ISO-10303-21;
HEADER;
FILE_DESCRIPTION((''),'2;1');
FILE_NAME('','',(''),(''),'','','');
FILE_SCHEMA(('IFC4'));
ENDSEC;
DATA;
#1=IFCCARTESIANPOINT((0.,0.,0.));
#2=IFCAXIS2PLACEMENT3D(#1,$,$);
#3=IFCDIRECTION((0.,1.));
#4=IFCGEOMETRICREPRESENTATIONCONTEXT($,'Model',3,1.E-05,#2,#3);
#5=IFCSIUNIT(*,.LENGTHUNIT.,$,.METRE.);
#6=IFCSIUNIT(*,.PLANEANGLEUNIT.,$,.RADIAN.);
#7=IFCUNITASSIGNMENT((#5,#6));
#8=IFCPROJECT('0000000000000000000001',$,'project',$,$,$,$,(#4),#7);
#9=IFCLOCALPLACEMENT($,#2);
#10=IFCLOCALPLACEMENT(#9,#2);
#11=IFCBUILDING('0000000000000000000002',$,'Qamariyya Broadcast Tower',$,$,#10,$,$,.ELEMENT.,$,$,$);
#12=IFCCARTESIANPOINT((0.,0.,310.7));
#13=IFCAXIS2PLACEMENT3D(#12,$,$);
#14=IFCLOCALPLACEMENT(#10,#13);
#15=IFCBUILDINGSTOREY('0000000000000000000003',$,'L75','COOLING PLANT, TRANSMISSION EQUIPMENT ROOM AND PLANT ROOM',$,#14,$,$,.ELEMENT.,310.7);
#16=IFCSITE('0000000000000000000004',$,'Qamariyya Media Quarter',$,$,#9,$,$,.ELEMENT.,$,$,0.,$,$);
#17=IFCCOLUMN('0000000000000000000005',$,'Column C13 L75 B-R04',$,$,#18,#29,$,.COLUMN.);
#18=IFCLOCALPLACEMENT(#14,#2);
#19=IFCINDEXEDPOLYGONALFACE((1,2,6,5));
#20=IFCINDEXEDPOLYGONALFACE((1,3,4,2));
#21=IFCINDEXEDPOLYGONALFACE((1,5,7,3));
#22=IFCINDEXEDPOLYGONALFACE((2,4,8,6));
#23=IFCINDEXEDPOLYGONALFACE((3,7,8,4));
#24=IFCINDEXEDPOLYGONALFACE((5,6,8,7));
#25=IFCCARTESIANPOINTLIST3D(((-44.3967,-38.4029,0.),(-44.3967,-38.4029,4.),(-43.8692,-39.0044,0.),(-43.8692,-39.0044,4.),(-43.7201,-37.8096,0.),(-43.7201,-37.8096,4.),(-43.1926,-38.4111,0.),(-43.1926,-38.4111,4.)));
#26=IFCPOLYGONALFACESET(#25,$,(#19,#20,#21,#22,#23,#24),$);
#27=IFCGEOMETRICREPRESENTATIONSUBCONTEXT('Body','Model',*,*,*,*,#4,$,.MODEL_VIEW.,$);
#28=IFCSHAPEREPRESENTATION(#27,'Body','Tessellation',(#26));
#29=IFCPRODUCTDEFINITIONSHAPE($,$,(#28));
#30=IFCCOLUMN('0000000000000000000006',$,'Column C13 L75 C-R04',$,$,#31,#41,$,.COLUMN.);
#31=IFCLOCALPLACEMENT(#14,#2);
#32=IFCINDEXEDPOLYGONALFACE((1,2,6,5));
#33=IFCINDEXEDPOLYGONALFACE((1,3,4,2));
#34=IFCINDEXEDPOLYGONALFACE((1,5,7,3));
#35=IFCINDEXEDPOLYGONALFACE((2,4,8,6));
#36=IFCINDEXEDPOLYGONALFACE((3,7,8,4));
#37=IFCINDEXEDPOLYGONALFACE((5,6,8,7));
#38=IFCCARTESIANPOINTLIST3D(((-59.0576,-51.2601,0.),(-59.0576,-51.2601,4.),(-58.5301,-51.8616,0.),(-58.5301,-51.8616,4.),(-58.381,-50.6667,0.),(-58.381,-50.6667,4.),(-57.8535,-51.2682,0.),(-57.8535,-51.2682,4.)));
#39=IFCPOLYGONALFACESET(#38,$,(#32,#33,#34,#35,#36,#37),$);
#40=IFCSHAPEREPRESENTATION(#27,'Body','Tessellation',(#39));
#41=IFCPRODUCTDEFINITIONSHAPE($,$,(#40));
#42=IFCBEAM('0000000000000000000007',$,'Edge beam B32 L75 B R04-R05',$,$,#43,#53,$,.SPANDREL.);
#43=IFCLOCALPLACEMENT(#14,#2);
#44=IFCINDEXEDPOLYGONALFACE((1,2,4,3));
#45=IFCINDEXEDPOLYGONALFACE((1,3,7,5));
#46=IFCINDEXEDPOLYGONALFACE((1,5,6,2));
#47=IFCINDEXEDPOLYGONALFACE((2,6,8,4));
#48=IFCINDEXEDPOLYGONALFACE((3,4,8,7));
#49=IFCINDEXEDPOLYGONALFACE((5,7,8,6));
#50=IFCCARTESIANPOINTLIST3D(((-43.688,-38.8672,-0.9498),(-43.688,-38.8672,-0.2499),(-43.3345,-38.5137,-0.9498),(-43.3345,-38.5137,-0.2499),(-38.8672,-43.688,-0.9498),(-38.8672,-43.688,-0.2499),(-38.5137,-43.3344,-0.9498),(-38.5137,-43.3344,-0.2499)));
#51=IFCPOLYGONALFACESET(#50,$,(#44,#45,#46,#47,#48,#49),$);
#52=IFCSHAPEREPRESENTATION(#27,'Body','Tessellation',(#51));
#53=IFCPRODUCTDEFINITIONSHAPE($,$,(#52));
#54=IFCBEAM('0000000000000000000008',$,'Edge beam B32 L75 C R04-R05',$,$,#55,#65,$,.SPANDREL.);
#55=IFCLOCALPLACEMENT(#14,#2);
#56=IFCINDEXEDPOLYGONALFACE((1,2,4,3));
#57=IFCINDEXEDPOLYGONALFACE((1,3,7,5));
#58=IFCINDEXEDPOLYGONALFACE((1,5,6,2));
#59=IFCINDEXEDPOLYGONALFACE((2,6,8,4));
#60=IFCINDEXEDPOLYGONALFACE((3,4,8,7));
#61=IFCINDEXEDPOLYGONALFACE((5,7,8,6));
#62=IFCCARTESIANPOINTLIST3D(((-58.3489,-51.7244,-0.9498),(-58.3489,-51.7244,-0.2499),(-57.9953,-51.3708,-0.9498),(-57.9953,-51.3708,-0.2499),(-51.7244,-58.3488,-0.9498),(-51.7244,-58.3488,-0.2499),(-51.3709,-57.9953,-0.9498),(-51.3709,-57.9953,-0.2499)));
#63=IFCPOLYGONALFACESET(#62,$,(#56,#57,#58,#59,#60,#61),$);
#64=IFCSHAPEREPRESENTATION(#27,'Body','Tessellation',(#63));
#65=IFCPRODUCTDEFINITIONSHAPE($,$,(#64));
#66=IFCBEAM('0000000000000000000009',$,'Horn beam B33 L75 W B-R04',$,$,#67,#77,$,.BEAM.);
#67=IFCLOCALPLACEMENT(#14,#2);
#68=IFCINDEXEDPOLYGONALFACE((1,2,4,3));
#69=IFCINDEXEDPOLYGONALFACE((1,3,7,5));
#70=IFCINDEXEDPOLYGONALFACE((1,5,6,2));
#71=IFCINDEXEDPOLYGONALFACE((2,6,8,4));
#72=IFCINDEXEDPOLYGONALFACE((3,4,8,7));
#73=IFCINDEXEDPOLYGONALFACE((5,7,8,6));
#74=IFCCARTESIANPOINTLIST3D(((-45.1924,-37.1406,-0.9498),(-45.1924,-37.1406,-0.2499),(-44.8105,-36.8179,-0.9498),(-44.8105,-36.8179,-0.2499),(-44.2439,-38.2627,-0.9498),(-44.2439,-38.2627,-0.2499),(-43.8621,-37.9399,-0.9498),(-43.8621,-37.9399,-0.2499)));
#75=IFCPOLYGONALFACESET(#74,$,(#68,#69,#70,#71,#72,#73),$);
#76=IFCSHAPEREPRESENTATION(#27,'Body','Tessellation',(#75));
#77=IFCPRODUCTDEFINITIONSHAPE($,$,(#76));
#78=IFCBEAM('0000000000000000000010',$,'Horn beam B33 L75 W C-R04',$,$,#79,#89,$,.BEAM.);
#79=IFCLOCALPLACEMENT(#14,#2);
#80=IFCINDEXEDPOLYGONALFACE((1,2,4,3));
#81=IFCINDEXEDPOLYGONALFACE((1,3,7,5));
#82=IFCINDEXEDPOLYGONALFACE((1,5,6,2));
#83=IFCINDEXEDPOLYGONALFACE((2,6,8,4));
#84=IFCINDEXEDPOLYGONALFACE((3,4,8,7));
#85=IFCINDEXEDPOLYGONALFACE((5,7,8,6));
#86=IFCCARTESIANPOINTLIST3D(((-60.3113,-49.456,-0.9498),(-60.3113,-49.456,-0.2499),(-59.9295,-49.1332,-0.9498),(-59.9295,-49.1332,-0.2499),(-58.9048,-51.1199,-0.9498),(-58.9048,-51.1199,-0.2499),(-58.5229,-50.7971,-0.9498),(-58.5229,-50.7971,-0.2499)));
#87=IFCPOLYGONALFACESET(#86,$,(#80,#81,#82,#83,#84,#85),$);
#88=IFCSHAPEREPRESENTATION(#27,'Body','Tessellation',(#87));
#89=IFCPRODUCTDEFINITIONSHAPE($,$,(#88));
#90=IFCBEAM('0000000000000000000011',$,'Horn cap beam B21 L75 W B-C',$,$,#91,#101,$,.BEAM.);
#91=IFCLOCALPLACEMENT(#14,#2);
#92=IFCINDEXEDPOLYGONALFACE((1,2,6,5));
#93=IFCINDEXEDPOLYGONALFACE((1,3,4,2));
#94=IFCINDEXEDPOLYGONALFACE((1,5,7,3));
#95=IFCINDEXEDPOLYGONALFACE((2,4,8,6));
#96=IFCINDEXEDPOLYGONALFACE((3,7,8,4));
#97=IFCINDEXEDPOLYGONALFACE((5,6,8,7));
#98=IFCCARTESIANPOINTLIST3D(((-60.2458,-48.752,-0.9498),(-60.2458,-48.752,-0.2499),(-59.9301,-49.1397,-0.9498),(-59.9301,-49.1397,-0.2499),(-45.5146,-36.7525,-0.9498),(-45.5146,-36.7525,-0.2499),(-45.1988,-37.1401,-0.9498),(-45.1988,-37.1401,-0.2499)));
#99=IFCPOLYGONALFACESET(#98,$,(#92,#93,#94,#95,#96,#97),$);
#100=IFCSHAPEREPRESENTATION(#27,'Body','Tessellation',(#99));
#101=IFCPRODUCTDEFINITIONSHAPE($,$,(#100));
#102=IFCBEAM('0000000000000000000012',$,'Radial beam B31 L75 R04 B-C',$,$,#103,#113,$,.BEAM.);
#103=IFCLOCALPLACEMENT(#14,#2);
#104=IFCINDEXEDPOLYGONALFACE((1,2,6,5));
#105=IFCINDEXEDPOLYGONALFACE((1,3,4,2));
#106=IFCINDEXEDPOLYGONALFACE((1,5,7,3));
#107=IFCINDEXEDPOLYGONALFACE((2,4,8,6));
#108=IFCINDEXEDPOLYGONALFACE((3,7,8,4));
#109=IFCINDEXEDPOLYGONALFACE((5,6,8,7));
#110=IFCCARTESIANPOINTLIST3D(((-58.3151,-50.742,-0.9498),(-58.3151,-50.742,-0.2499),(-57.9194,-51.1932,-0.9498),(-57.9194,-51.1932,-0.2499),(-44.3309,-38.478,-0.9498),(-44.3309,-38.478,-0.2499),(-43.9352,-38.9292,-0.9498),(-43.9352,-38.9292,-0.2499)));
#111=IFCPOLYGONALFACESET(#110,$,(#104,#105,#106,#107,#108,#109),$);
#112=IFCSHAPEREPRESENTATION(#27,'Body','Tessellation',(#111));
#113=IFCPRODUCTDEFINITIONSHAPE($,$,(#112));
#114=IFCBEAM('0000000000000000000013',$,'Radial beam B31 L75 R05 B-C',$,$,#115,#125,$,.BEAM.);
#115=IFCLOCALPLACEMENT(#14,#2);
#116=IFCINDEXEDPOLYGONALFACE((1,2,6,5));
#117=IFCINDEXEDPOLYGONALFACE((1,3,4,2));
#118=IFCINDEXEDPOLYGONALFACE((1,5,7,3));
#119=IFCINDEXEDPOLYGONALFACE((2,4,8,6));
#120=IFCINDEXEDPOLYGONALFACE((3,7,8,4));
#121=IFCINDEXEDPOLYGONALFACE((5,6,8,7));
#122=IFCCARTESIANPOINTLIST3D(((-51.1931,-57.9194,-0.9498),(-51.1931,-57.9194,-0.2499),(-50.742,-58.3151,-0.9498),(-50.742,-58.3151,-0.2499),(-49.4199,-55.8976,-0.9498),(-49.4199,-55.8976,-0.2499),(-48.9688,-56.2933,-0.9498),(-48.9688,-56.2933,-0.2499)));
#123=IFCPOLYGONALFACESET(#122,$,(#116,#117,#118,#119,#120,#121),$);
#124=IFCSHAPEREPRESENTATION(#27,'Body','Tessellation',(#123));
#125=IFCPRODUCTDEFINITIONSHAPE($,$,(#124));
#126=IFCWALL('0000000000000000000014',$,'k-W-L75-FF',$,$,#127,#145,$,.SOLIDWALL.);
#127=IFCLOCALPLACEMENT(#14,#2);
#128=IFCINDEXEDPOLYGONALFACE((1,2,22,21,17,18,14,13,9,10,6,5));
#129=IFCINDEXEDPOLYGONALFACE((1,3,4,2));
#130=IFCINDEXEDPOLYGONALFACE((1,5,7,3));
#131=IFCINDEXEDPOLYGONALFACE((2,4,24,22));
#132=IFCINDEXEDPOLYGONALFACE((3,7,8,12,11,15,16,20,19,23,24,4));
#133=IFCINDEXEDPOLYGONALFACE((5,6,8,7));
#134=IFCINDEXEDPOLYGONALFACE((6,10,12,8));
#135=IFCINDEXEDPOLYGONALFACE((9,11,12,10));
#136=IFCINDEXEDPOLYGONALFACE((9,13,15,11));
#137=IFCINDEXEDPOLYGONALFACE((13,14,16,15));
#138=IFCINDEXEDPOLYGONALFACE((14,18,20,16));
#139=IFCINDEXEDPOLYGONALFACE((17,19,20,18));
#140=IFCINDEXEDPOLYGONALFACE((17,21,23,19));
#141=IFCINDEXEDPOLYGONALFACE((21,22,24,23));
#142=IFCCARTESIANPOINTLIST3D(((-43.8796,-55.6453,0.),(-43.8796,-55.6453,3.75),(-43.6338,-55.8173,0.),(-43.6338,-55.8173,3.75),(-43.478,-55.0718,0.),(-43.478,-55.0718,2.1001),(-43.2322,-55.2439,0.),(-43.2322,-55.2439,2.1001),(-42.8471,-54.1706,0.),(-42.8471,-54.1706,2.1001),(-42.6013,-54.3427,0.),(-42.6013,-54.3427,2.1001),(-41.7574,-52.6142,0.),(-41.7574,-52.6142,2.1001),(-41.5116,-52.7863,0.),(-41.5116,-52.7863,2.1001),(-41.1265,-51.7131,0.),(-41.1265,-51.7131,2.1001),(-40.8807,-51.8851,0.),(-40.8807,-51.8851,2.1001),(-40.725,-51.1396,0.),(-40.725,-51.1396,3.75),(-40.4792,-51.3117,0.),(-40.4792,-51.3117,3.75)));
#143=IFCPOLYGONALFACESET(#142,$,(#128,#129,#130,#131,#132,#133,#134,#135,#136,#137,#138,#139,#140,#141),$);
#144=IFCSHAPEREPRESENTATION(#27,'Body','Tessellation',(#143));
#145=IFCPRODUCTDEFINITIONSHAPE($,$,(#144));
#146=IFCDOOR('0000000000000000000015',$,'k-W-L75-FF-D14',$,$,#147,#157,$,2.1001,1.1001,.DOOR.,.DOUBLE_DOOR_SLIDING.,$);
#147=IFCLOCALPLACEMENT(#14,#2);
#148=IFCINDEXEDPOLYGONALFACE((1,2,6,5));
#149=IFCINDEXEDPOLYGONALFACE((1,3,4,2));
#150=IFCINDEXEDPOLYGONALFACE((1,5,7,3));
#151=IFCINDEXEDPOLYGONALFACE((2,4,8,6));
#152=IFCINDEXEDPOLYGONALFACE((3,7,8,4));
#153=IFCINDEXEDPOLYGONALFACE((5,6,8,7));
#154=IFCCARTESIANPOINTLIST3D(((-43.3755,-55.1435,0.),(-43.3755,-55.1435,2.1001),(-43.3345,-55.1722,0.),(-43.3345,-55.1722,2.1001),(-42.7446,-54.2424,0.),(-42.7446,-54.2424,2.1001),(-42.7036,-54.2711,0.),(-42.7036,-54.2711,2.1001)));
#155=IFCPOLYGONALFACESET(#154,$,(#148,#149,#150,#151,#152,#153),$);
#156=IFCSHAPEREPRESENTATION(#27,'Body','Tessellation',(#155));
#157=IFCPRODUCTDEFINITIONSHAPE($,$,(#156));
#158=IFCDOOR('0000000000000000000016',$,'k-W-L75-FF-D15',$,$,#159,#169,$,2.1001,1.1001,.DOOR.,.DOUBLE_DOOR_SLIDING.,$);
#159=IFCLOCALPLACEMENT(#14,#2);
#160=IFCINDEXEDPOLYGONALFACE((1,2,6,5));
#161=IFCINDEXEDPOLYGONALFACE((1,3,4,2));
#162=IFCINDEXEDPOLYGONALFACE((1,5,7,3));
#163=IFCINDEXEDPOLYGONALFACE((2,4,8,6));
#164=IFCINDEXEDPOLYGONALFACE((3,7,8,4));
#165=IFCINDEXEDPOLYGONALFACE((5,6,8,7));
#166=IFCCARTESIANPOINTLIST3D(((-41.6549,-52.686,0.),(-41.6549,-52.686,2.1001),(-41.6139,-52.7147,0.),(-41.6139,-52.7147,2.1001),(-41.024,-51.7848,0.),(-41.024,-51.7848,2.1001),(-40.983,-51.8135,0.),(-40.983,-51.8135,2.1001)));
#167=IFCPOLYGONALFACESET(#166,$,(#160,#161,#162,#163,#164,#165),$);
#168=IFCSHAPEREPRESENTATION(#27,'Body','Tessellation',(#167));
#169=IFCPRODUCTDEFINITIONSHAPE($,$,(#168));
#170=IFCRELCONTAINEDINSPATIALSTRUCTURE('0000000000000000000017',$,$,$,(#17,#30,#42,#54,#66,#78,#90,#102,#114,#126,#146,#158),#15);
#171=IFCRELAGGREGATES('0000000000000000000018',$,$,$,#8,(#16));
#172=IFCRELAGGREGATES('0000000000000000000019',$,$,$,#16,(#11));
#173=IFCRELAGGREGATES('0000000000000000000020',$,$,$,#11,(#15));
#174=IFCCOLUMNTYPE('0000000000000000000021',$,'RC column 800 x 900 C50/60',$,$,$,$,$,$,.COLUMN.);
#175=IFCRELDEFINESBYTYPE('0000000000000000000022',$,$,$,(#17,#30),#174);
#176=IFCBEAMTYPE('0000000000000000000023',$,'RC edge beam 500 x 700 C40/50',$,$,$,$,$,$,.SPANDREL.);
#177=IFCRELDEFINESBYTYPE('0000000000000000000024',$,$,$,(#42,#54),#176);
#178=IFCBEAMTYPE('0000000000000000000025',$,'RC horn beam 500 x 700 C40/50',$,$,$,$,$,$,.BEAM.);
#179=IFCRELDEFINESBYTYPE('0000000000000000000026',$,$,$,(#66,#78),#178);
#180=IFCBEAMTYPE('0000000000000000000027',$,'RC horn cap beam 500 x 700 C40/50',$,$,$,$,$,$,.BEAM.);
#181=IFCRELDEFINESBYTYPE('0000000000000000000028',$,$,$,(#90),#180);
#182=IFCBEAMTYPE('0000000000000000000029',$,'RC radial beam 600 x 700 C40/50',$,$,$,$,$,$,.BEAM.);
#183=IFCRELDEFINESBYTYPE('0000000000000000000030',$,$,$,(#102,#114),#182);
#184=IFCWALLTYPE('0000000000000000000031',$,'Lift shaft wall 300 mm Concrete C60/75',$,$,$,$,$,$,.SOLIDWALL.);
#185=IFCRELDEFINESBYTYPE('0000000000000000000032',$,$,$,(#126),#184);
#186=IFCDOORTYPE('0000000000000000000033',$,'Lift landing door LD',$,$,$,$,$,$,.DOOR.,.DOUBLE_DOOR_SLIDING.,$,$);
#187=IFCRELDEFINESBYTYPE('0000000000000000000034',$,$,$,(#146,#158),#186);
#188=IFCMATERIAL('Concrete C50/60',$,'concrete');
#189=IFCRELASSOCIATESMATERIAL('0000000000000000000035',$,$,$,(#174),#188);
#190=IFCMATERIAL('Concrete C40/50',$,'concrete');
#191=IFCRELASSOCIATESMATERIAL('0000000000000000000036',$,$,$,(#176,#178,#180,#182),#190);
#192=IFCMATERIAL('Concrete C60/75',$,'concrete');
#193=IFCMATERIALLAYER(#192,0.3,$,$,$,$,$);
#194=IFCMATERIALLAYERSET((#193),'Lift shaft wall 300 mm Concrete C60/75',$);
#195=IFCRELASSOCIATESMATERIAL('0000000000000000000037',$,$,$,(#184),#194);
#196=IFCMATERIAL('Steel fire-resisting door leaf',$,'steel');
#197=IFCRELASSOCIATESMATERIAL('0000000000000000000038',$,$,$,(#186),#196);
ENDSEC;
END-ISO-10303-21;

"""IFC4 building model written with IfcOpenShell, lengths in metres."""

from ifc_helpers import new_model, si_unit, direction, frame, frame_2d, origin, origin_2d, place, context, subcontext, project, spatial, rectangle, extrude, material, layer, layer_set, material_profile, profile_set, type_object, element, fill, save


model = new_model("IFC4")

# Units and contexts
model_context = context("Model", 3, precision=1e-05, world=origin(), true_north=direction((0.0, 1.0)))
body_context = subcontext(model_context, "Body", "Model", "MODEL_VIEW")
ifc_project = project(units=[si_unit("LENGTHUNIT", "METRE"), si_unit("PLANEANGLEUNIT", "RADIAN")], contexts=[model_context])

# Site, building, storey
site_placement = place(None, origin())
site = spatial("IfcSite", under=ifc_project, at=site_placement, Name="Qamariyya Media Quarter", CompositionType="ELEMENT", RefElevation=0.0)
building_placement = place(site_placement, origin())
building = spatial("IfcBuilding", under=site, at=building_placement, Name="Qamariyya Broadcast Tower", CompositionType="ELEMENT")
storey_placement = place(building_placement, frame((0.0, 0.0, 310.7)))
storey = spatial("IfcBuildingStorey", under=building, at=storey_placement, Name="L75", Description="COOLING PLANT, TRANSMISSION EQUIPMENT ROOM AND PLANT ROOM", CompositionType="ELEMENT", Elevation=310.7)

# Columns
ifc_material_1 = material(Name="Concrete C50/60", Category="concrete")
ifc_material_profile_1 = material_profile(ifc_material_1, rectangle(XDim=0.8, YDim=0.8999, at=origin_2d()))
ifc_profile_set_1 = profile_set([ifc_material_profile_1], Name="Concrete C50/60")
column_type = type_object("IfcColumnType", Name="RC column 800 x 900 C50/60", PredefinedType="COLUMN", material=ifc_profile_set_1)
for number, where, z_axis, x_axis, name in (
    (1, (-43.7947, -38.407, 0.0), (0.0, 0.0, 1.0), (0.659346, -0.75184, 0.0), "Column C13 L75 B-R04"),
    (2, (-58.4556, -51.2642, 0.0), (0.0, 0.0, 1.0), (0.659346, -0.75184, 0.0), "Column C13 L75 C-R04"),
):
    element("IfcColumn", number, at=place(storey_placement, frame(where, z_axis=z_axis, x_axis=x_axis)), inside=storey, type_object=column_type, Name=name, PredefinedType="COLUMN", context=body_context, shape_type="SweptSolid", body=[
        extrude(rectangle(XDim=0.8, YDim=0.8999, at=origin_2d()), origin(), (0.0, 0.0, 1.0), 4.0),
    ])

# Beams
ifc_material_2 = material(Name="Concrete C40/50", Category="concrete")
ifc_material_profile_2 = material_profile(ifc_material_2, rectangle(XDim=0.5, YDim=0.7, at=origin_2d()))
ifc_profile_set_2 = profile_set([ifc_material_profile_2], Name="Concrete C40/50")
beam_type_1 = type_object("IfcBeamType", Name="RC edge beam 500 x 700 C40/50", PredefinedType="SPANDREL", material=ifc_profile_set_2)
beam_1_placement = place(storey_placement, frame((-43.5112, -38.6904, -0.5999), z_axis=(0.707107, -0.707107, 0.0), x_axis=(0.707107, 0.707107, 0.0)))
element("IfcBeam", 3, at=beam_1_placement, inside=storey, type_object=beam_type_1, Name="Edge beam B32 L75 B R04-R05", PredefinedType="SPANDREL", context=body_context, shape_type="SweptSolid", body=[
    extrude(rectangle(XDim=0.5, YDim=0.7, at=origin_2d()), origin(), (0.0, 0.0, 1.0), 6.8176),
])
beam_2_placement = place(storey_placement, frame((-58.1721, -51.5476, -0.5999), z_axis=(0.707107, -0.707107, 0.0), x_axis=(0.707107, 0.707107, 0.0)))
element("IfcBeam", 4, at=beam_2_placement, inside=storey, type_object=beam_type_1, Name="Edge beam B32 L75 C R04-R05", PredefinedType="SPANDREL", context=body_context, shape_type="SweptSolid", body=[
    extrude(rectangle(XDim=0.5, YDim=0.7, at=origin_2d()), origin(), (0.0, 0.0, 1.0), 9.3684),
])
ifc_material_profile_3 = material_profile(ifc_material_2, rectangle(XDim=0.5, YDim=0.7, at=origin_2d()))
ifc_profile_set_3 = profile_set([ifc_material_profile_3], Name="Concrete C40/50")
beam_type_2 = type_object("IfcBeamType", Name="RC horn beam 500 x 700 C40/50", PredefinedType="BEAM", material=ifc_profile_set_3)
beam_3_placement = place(storey_placement, frame((-44.053, -38.1013, -0.5999), z_axis=(-0.645562, 0.763708, 0.0), x_axis=(-0.763708, -0.645562, 0.0)))
element("IfcBeam", 5, at=beam_3_placement, inside=storey, type_object=beam_type_2, Name="Horn beam B33 L75 W B-R04", PredefinedType="BEAM", context=body_context, shape_type="SweptSolid", body=[
    extrude(rectangle(XDim=0.5, YDim=0.7, at=origin_2d()), origin(), (0.0, 0.0, 1.0), 1.4692),
])
beam_4_placement = place(storey_placement, frame((-58.7139, -50.9585, -0.5999), z_axis=(-0.64558, 0.763692, 0.0), x_axis=(-0.763692, -0.64558, 0.0)))
element("IfcBeam", 6, at=beam_4_placement, inside=storey, type_object=beam_type_2, Name="Horn beam B33 L75 W C-R04", PredefinedType="BEAM", context=body_context, shape_type="SweptSolid", body=[
    extrude(rectangle(XDim=0.5, YDim=0.7, at=origin_2d()), origin(), (0.0, 0.0, 1.0), 2.1787),
])
ifc_material_profile_4 = material_profile(ifc_material_2, rectangle(XDim=0.5, YDim=0.7, at=origin_2d()))
ifc_profile_set_4 = profile_set([ifc_material_profile_4], Name="Concrete C40/50")
beam_type_3 = type_object("IfcBeamType", Name="RC horn cap beam 500 x 700 C40/50", PredefinedType="BEAM", material=ifc_profile_set_4)
beam_5_placement = place(storey_placement, frame((-45.3567, -36.9463, -0.5999), z_axis=(-0.77533, -0.631556, 0.0), x_axis=(0.631556, -0.77533, 0.0)))
element("IfcBeam", 7, at=beam_5_placement, inside=storey, type_object=beam_type_3, Name="Horn cap beam B21 L75 W B-C", PredefinedType="BEAM", context=body_context, shape_type="SweptSolid", body=[
    extrude(rectangle(XDim=0.5, YDim=0.7, at=origin_2d()), origin(), (0.0, 0.0, 1.0), 19.0),
])
ifc_material_profile_5 = material_profile(ifc_material_2, rectangle(XDim=0.6001, YDim=0.7, at=origin_2d()))
ifc_profile_set_5 = profile_set([ifc_material_profile_5], Name="Concrete C40/50")
beam_type_4 = type_object("IfcBeamType", Name="RC radial beam 600 x 700 C40/50", PredefinedType="BEAM", material=ifc_profile_set_5)
beam_6_placement = place(storey_placement, frame((-44.1331, -38.7036, -0.5999), z_axis=(-0.751835, -0.659351, 0.0), x_axis=(0.659351, -0.751835, 0.0)))
element("IfcBeam", 8, at=beam_6_placement, inside=storey, type_object=beam_type_4, Name="Radial beam B31 L75 R04 B-C", PredefinedType="BEAM", context=body_context, shape_type="SweptSolid", body=[
    extrude(rectangle(XDim=0.6001, YDim=0.7, at=origin_2d()), origin(), (0.0, 0.0, 1.0), 18.6001),
])
beam_7_placement = place(storey_placement, frame((-49.1943, -56.0955, -0.5999), z_axis=(-0.659385, -0.751806, 0.0), x_axis=(0.751806, -0.659385, 0.0)))
element("IfcBeam", 9, at=beam_7_placement, inside=storey, type_object=beam_type_4, Name="Radial beam B31 L75 R05 B-C", PredefinedType="BEAM", context=body_context, shape_type="SweptSolid", body=[
    extrude(rectangle(XDim=0.6001, YDim=0.7, at=origin_2d()), origin(), (0.0, 0.0, 1.0), 2.6892),
])

# Wall, openings, doors
ifc_material_3 = material(Name="Concrete C60/75", Category="concrete")
ifc_layer_1 = layer(ifc_material_3, 0.3)
ifc_layer_set_1 = layer_set([ifc_layer_1], Name="Lift shaft wall 300 mm Concrete C60/75")
wall_type_1 = type_object("IfcWallType", Name="Lift shaft wall 300 mm Concrete C60/75", PredefinedType="SOLIDWALL", material=ifc_layer_set_1)
wall_1_placement = place(storey_placement, frame((-43.7566, -55.7312, 0.0), z_axis=(0.0, 0.0, 1.0), x_axis=(0.573537, 0.81918, 0.0)))
wall_1 = element("IfcWall", 10, at=wall_1_placement, inside=storey, type_object=wall_type_1, Name="k-W-L75-FF", PredefinedType="SOLIDWALL", context=body_context, shape_type="SweptSolid", body=[
    extrude(rectangle(XDim=5.5002, YDim=0.3, at=frame_2d((2.75, 0.0))), origin(), (0.0, 0.0, 1.0), 3.75),
])
opening_1_placement = place(wall_1_placement, frame((0.7, 0.0, 0.0)))
opening_1 = element("IfcOpeningElement", 11, at=opening_1_placement, cuts=wall_1, PredefinedType="OPENING", context=body_context, shape_type="SweptSolid", body=[
    extrude(rectangle(XDim=1.1001, YDim=2.1001, at=frame_2d((0.55, 1.05))), frame((0.0, 0.1599, 0.0), z_axis=(0.0, -1.0, 0.0), x_axis=(1.0, 0.0, 0.0)), (0.0, 0.0, 1.0), 0.3201),
])
opening_2_placement = place(wall_1_placement, frame((3.7, 0.0, 0.0)))
opening_2 = element("IfcOpeningElement", 12, at=opening_2_placement, cuts=wall_1, PredefinedType="OPENING", context=body_context, shape_type="SweptSolid", body=[
    extrude(rectangle(XDim=1.1001, YDim=2.1001, at=frame_2d((0.55, 1.05))), frame((0.0, 0.1599, 0.0), z_axis=(0.0, -1.0, 0.0), x_axis=(1.0, 0.0, 0.0)), (0.0, 0.0, 1.0), 0.3201),
])
ifc_material_4 = material(Name="Steel fire-resisting door leaf", Category="steel")
door_type_1 = type_object("IfcDoorType", Name="Lift landing door LD", OperationType="DOUBLE_DOOR_SLIDING", PredefinedType="DOOR", material=ifc_material_4)
door_1_placement = place(opening_1_placement, origin())
door_1 = element("IfcDoor", 13, at=door_1_placement, inside=storey, type_object=door_type_1, Name="k-W-L75-FF-D14", OperationType="DOUBLE_DOOR_SLIDING", OverallHeight=2.1001, OverallWidth=1.1001, PredefinedType="DOOR", context=body_context, shape_type="SweptSolid", body=[
    extrude(rectangle(XDim=1.1001, YDim=2.1001, at=frame_2d((0.55, 1.05))), frame((0.0, 0.0249, 0.0), z_axis=(0.0, -1.0, 0.0), x_axis=(1.0, 0.0, 0.0)), (0.0, 0.0, 1.0), 0.05),
])
fill(opening_1, door_1)
door_2_placement = place(opening_2_placement, origin())
door_2 = element("IfcDoor", 14, at=door_2_placement, inside=storey, type_object=door_type_1, Name="k-W-L75-FF-D15", OperationType="DOUBLE_DOOR_SLIDING", OverallHeight=2.1001, OverallWidth=1.1001, PredefinedType="DOOR", context=body_context, shape_type="SweptSolid", body=[
    extrude(rectangle(XDim=1.1001, YDim=2.1001, at=frame_2d((0.55, 1.05))), frame((0.0, 0.0249, 0.0), z_axis=(0.0, -1.0, 0.0), x_axis=(1.0, 0.0, 0.0)), (0.0, 0.0, 1.0), 0.05),
])
fill(opening_2, door_2)

save(model, "model.ifc")
